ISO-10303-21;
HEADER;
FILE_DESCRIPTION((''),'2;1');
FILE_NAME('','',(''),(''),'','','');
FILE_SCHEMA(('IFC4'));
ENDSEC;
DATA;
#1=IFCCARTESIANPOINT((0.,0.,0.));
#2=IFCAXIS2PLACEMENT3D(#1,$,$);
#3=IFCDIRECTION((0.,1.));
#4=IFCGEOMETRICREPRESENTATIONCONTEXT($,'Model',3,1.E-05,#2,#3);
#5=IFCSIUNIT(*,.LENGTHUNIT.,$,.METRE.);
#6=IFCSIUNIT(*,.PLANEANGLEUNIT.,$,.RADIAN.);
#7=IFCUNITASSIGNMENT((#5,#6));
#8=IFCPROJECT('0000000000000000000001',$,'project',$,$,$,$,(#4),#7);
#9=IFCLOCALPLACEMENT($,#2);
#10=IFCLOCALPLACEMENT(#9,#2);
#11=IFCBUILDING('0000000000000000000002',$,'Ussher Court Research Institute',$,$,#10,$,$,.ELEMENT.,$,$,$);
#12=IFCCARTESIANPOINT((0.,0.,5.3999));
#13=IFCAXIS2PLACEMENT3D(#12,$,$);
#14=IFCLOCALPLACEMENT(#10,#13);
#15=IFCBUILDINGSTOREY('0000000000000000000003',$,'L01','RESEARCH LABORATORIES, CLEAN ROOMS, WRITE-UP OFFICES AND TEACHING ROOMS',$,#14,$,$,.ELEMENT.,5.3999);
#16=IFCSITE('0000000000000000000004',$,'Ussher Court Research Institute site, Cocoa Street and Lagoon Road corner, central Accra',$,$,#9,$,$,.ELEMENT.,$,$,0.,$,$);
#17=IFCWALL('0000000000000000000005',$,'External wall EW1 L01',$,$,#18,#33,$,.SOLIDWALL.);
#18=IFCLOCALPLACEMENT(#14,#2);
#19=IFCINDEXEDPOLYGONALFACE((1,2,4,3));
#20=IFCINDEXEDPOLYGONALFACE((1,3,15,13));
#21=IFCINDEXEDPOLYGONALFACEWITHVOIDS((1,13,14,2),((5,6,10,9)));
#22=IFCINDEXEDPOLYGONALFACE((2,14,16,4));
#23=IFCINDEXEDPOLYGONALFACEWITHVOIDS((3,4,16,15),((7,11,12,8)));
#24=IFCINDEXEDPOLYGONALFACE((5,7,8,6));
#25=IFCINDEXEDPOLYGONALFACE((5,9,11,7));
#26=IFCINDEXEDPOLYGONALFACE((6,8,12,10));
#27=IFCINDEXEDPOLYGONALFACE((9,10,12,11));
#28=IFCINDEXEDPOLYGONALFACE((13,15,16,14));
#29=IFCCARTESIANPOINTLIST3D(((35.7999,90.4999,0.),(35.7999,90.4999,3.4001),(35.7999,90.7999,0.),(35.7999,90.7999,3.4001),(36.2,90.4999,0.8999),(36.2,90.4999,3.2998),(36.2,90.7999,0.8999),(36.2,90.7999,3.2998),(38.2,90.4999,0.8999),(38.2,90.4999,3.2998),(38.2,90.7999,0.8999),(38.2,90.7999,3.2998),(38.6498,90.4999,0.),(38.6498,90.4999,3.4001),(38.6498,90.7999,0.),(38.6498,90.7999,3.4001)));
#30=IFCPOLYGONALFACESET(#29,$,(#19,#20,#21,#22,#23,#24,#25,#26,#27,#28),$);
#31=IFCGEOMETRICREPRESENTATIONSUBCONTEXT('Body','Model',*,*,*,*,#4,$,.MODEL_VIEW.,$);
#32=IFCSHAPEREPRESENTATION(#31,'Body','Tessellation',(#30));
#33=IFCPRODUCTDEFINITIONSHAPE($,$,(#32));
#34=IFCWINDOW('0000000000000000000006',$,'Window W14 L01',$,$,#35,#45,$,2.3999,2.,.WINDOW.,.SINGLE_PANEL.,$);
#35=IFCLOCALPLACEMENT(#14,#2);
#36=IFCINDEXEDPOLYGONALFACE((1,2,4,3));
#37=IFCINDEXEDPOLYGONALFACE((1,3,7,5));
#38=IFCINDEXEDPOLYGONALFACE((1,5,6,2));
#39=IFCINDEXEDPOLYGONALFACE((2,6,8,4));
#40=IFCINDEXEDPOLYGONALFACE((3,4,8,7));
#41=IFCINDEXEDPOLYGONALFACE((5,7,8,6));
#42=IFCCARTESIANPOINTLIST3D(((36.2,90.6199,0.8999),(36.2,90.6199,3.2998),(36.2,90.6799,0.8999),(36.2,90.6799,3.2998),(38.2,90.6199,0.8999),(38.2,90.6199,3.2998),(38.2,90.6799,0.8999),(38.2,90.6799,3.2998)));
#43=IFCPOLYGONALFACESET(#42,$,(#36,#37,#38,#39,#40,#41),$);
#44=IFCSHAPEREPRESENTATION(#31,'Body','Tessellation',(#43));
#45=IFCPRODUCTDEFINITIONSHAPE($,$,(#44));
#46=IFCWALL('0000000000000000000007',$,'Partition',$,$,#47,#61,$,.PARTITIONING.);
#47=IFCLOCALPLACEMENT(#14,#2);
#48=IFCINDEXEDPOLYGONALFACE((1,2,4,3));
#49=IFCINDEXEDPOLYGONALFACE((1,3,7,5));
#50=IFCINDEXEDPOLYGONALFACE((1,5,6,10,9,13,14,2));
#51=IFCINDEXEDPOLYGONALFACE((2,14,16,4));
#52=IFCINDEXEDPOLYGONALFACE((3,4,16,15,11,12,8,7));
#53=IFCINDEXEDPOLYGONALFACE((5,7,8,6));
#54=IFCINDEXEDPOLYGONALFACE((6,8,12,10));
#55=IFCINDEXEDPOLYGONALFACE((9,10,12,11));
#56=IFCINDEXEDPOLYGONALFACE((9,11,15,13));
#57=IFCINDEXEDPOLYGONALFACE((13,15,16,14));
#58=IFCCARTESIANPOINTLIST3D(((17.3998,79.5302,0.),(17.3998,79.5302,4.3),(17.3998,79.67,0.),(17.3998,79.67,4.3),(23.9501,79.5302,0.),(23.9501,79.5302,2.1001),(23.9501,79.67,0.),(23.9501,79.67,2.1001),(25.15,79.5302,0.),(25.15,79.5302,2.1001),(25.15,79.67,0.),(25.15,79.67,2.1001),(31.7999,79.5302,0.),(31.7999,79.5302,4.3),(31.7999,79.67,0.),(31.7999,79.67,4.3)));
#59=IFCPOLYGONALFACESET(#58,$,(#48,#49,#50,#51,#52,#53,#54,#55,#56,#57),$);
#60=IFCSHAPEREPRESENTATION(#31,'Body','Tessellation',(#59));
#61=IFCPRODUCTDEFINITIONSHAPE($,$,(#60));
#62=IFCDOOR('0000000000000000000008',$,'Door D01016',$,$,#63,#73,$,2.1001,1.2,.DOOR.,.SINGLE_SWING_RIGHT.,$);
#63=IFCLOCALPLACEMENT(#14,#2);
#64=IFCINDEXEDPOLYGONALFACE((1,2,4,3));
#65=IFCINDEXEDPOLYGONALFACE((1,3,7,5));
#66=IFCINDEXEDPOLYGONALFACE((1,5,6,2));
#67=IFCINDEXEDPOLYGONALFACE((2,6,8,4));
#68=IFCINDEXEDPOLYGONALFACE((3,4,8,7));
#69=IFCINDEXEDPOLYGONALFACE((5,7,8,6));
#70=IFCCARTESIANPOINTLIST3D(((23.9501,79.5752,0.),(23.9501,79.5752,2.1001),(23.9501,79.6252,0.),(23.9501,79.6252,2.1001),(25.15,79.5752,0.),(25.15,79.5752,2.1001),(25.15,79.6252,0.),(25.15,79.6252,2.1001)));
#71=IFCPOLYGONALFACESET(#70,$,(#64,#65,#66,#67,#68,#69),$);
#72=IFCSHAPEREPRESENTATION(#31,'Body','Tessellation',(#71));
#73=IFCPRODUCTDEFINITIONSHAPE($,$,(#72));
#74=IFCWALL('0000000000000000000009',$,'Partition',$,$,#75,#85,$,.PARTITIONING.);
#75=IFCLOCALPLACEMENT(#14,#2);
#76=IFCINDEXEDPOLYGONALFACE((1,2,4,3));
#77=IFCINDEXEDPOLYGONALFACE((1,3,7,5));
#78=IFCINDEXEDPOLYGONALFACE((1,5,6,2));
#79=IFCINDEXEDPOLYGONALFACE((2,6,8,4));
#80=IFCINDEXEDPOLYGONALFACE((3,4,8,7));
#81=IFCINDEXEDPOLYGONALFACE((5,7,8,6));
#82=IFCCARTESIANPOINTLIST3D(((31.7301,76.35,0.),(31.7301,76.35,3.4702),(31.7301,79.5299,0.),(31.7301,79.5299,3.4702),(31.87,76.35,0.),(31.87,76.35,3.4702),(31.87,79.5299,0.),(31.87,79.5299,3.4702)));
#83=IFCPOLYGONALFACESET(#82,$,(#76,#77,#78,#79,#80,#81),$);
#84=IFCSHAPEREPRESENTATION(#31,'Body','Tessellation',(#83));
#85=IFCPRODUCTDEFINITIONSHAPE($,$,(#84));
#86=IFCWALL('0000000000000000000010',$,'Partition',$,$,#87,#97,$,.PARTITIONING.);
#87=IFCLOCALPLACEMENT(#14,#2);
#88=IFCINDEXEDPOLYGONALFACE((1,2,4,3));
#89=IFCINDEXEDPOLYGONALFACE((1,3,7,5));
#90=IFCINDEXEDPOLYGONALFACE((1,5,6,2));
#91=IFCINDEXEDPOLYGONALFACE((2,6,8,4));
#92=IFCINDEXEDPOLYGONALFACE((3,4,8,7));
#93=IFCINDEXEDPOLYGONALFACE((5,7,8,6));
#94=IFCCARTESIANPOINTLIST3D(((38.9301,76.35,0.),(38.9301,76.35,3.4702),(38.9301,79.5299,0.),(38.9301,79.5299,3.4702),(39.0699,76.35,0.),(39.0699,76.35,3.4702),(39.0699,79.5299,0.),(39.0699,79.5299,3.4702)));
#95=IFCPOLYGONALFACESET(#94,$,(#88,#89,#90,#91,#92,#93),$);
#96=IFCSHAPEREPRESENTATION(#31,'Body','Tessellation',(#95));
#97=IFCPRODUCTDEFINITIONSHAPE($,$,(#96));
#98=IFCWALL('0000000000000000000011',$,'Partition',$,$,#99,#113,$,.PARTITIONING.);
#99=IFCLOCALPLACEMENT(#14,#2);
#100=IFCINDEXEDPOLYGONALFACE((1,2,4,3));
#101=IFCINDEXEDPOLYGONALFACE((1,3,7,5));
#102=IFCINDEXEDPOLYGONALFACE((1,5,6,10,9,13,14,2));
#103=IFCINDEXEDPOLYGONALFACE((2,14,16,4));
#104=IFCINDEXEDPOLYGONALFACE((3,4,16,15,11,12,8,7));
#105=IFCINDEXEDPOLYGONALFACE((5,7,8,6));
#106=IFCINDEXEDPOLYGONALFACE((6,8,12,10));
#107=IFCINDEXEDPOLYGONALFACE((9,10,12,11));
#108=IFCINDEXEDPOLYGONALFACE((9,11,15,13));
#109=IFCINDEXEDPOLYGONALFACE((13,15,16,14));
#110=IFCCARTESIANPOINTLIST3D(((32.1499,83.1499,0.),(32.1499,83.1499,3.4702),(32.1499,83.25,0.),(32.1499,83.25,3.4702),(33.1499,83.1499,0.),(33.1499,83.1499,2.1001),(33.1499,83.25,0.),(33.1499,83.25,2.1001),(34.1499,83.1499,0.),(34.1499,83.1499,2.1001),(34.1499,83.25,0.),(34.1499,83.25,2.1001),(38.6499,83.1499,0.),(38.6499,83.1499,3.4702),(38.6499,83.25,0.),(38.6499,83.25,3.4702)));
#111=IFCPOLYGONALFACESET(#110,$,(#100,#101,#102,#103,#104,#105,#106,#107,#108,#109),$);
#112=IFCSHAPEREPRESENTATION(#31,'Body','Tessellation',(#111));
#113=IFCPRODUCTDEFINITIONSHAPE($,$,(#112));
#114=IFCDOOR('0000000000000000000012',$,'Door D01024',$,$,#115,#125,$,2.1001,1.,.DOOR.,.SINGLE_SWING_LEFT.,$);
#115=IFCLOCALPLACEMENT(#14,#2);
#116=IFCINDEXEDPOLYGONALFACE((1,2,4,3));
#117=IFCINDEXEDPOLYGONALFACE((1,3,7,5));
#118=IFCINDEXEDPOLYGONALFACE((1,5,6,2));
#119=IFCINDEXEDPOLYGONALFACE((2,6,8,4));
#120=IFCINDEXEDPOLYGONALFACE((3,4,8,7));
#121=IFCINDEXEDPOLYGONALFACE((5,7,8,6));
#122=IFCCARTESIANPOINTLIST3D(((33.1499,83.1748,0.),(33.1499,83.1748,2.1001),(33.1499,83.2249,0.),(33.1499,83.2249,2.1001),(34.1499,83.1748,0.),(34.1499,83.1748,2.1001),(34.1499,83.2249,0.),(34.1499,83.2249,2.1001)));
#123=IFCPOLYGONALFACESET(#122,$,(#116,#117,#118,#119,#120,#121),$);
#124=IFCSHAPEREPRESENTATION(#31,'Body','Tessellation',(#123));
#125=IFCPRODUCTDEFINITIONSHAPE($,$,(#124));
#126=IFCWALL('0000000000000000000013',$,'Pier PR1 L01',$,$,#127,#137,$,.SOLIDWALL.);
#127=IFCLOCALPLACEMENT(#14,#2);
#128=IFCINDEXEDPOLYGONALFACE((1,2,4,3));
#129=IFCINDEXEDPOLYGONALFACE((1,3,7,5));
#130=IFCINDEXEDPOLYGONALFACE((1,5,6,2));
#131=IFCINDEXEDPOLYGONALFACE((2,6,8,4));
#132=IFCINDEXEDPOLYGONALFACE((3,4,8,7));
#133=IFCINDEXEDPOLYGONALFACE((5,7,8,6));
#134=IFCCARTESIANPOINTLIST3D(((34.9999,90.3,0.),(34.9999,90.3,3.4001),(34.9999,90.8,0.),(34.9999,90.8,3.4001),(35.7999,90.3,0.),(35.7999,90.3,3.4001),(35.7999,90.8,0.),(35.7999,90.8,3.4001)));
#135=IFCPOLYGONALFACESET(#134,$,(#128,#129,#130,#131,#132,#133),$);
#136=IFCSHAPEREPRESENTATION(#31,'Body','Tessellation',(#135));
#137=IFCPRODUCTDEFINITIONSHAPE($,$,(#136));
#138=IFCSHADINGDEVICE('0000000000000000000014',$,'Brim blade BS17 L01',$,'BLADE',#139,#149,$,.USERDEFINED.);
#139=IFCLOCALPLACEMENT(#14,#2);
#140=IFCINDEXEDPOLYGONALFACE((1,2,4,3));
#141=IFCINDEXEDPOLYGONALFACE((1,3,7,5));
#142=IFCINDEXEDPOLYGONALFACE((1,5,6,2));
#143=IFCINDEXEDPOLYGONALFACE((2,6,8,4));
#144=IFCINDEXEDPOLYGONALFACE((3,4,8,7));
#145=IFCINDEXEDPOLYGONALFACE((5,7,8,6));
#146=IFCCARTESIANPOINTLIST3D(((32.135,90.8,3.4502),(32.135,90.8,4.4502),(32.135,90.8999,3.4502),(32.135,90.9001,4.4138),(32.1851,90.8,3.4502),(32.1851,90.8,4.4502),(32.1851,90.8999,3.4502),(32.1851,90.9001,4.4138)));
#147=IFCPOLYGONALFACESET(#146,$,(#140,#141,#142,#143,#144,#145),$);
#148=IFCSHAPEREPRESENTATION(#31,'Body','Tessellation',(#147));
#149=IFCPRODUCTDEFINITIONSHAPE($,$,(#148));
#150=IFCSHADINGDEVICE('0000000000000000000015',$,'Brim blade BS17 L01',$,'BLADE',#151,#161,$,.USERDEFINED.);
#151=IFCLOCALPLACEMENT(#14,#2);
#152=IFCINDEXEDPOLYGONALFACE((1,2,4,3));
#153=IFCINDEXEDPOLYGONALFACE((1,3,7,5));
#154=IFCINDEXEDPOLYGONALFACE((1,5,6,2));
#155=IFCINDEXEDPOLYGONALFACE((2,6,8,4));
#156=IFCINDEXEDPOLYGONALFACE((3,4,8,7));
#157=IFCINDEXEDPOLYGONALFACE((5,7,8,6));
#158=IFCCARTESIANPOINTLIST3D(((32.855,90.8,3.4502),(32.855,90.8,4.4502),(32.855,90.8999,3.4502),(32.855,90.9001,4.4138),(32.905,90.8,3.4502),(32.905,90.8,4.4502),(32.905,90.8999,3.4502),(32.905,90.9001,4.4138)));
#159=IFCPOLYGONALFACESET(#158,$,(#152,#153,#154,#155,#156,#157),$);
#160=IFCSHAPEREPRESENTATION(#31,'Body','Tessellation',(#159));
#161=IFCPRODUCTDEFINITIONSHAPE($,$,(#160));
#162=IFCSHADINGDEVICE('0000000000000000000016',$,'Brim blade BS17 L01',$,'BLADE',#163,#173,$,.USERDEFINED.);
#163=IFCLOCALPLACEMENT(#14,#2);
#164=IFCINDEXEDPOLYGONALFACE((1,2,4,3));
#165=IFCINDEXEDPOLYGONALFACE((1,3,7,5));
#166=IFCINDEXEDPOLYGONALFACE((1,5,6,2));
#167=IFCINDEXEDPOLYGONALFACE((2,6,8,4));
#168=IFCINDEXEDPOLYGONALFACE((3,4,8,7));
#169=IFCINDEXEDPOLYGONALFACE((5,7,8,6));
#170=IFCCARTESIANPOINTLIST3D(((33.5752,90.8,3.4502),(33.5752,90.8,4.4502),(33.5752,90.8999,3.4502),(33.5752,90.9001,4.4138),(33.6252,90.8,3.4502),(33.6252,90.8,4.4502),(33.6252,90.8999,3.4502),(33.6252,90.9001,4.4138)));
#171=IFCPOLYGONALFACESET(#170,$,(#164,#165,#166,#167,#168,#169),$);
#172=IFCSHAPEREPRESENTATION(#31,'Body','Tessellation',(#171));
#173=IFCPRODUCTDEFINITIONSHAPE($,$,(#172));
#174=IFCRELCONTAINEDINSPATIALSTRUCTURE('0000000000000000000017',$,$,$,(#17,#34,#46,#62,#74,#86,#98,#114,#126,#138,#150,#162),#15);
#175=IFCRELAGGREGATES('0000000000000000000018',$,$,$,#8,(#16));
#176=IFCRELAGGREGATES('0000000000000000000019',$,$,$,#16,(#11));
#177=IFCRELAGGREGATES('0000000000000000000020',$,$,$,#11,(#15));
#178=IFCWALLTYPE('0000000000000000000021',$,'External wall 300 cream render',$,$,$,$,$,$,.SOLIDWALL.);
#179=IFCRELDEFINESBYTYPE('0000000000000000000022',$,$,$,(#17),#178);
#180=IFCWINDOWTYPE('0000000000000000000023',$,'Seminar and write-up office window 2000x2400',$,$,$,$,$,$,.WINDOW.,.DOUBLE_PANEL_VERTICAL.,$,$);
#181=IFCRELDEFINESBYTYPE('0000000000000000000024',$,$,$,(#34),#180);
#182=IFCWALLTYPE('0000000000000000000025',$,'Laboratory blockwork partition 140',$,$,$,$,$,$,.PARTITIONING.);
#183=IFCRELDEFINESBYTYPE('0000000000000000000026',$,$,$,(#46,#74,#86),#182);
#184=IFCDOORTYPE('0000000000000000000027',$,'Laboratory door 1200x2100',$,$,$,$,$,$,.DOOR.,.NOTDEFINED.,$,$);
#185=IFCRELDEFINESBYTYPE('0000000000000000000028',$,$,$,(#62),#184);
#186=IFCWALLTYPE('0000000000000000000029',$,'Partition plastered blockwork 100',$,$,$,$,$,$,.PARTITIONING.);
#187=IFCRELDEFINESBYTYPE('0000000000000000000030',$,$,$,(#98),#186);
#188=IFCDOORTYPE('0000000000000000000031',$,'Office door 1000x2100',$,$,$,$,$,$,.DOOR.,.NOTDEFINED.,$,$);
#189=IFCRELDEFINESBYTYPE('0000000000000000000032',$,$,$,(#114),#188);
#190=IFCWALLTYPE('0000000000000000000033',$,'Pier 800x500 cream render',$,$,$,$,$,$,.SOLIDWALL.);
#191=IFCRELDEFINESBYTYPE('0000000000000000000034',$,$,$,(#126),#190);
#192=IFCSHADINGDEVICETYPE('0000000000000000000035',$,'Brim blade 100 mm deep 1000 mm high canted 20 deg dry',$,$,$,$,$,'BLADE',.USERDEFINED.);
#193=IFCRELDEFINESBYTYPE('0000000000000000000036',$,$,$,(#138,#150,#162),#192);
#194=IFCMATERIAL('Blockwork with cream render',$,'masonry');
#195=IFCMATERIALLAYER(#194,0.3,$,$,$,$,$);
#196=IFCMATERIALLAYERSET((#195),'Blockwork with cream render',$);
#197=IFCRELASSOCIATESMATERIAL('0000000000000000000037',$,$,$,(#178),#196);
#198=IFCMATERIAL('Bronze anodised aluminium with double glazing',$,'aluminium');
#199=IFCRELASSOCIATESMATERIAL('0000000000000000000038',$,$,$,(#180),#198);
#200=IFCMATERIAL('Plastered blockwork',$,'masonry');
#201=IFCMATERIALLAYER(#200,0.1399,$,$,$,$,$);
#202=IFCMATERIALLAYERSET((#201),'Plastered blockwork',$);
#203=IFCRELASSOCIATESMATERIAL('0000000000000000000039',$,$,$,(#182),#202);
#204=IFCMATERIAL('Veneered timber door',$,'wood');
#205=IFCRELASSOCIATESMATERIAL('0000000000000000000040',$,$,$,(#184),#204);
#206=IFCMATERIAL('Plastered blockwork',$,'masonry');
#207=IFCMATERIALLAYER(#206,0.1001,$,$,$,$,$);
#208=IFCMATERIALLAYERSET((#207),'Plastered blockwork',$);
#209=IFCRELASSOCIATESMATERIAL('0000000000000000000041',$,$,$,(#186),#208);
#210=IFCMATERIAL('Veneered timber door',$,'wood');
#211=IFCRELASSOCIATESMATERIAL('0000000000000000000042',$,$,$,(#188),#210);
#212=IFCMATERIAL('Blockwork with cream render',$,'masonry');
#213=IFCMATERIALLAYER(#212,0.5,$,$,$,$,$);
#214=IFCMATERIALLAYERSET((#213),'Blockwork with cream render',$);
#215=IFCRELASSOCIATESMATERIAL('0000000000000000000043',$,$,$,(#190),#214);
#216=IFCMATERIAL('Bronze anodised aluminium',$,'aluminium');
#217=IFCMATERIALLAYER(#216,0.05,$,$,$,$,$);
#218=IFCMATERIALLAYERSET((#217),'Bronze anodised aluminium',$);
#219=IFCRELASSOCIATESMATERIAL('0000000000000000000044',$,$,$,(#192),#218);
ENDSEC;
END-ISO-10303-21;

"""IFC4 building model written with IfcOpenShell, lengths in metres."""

from ifc_helpers import new_model, si_unit, direction, frame, frame_2d, origin, place, context, subcontext, project, spatial, polyline, rectangle, outline, extrude, material, layer, layer_set, type_object, element, fill, save


model = new_model("IFC4")

# Units and contexts
model_context = context("Model", 3, precision=1e-05, world=origin(), true_north=direction((0.0, 1.0)))
body_context = subcontext(model_context, "Body", "Model", "MODEL_VIEW")
ifc_project = project(units=[si_unit("LENGTHUNIT", "METRE"), si_unit("PLANEANGLEUNIT", "RADIAN")], contexts=[model_context])

# Site, building, storey
site_placement = place(None, origin())
site = spatial("IfcSite", under=ifc_project, at=site_placement, Name="Ussher Court Research Institute site, Cocoa Street and Lagoon Road corner, central Accra", CompositionType="ELEMENT", RefElevation=0.0)
building_placement = place(site_placement, origin())
building = spatial("IfcBuilding", under=site, at=building_placement, Name="Ussher Court Research Institute", CompositionType="ELEMENT")
storey_placement = place(building_placement, frame((0.0, 0.0, 5.3999)))
storey = spatial("IfcBuildingStorey", under=building, at=storey_placement, Name="L01", Description="RESEARCH LABORATORIES, CLEAN ROOMS, WRITE-UP OFFICES AND TEACHING ROOMS", CompositionType="ELEMENT", Elevation=5.3999)

# Wall, opening, window
ifc_material_1 = material(Name="Blockwork with cream render", Category="masonry")
ifc_layer_1 = layer(ifc_material_1, 0.3)
ifc_layer_set_1 = layer_set([ifc_layer_1], Name="Blockwork with cream render")
wall_type_1 = type_object("IfcWallType", Name="External wall 300 cream render", PredefinedType="SOLIDWALL", material=ifc_layer_set_1)
ifc_material_2 = material(Name="Bronze anodised aluminium with double glazing", Category="aluminium")
window_type = type_object("IfcWindowType", Name="Seminar and write-up office window 2000x2400", PartitioningType="DOUBLE_PANEL_VERTICAL", PredefinedType="WINDOW", material=ifc_material_2)
wall_1_placement = place(storey_placement, frame((35.8, 90.6499, 0.0), z_axis=(0.0, 0.0, 1.0), x_axis=(1.0, 0.0, 0.0)))
wall_1 = element("IfcWall", 1, at=wall_1_placement, inside=storey, type_object=wall_type_1, Name="External wall EW1 L01", PredefinedType="SOLIDWALL", context=body_context, shape_type="SweptSolid", body=[
    extrude(rectangle(XDim=2.8499, YDim=0.3, at=frame_2d((1.4248, 0.0))), origin(), (0.0, 0.0, 1.0), 3.4001),
])
opening_1_placement = place(wall_1_placement, frame((0.3999, 0.0, 0.8999)))
opening_1 = element("IfcOpeningElement", 2, at=opening_1_placement, cuts=wall_1, PredefinedType="OPENING", context=body_context, shape_type="SweptSolid", body=[
    extrude(rectangle(XDim=2.0, YDim=2.3999, at=frame_2d((1.0, 1.2))), frame((0.0, 0.1602, 0.0), z_axis=(0.0, -1.0, 0.0), x_axis=(1.0, 0.0, 0.0)), (0.0, 0.0, 1.0), 0.3201),
])
window_1_placement = place(opening_1_placement, origin())
window_1 = element("IfcWindow", 3, at=window_1_placement, inside=storey, type_object=window_type, Name="Window W14 L01", OverallHeight=2.3999, OverallWidth=2.0, PartitioningType="SINGLE_PANEL", PredefinedType="WINDOW", context=body_context, shape_type="SweptSolid", body=[
    extrude(rectangle(XDim=2.0, YDim=2.3999, at=frame_2d((1.0, 1.2))), frame((0.0, 0.03, 0.0), z_axis=(0.0, -1.0, 0.0), x_axis=(1.0, 0.0, 0.0)), (0.0, 0.0, 1.0), 0.0601),
])
fill(opening_1, window_1)

# Wall, opening, door
ifc_material_3 = material(Name="Plastered blockwork", Category="masonry")
ifc_layer_2 = layer(ifc_material_3, 0.1399)
ifc_layer_set_2 = layer_set([ifc_layer_2], Name="Plastered blockwork")
wall_type_2 = type_object("IfcWallType", Name="Laboratory blockwork partition 140", PredefinedType="PARTITIONING", material=ifc_layer_set_2)
wall_2_placement = place(storey_placement, frame((31.8, 79.6001, 0.0), z_axis=(0.0, 0.0, 1.0), x_axis=(-1.0, 0.0, 0.0)))
wall_2 = element("IfcWall", 4, at=wall_2_placement, inside=storey, type_object=wall_type_2, Name="Partition", PredefinedType="PARTITIONING", context=body_context, shape_type="SweptSolid", body=[
    extrude(rectangle(XDim=14.4001, YDim=0.1399, at=frame_2d((7.2002, 0.0))), origin(), (0.0, 0.0, 1.0), 4.3),
])
opening_2_placement = place(wall_2_placement, frame((6.6499, 0.0, 0.0)))
opening_2 = element("IfcOpeningElement", 5, at=opening_2_placement, cuts=wall_2, PredefinedType="OPENING", context=body_context, shape_type="SweptSolid", body=[
    extrude(rectangle(XDim=1.2, YDim=2.1001, at=frame_2d((0.6001, 1.05))), frame((0.0, 0.0801, 0.0), z_axis=(0.0, -1.0, 0.0), x_axis=(1.0, 0.0, 0.0)), (0.0, 0.0, 1.0), 0.1599),
])
ifc_material_4 = material(Name="Veneered timber door", Category="wood")
door_type_1 = type_object("IfcDoorType", Name="Laboratory door 1200x2100", OperationType="NOTDEFINED", PredefinedType="DOOR", material=ifc_material_4)
door_1_placement = place(opening_2_placement, origin())
door_1 = element("IfcDoor", 6, at=door_1_placement, inside=storey, type_object=door_type_1, Name="Door D01016", OperationType="SINGLE_SWING_RIGHT", OverallHeight=2.1001, OverallWidth=1.2, PredefinedType="DOOR", context=body_context, shape_type="SweptSolid", body=[
    extrude(rectangle(XDim=1.2, YDim=2.1001, at=frame_2d((0.6001, 1.05))), frame((0.0, 0.0249, 0.0), z_axis=(0.0, -1.0, 0.0), x_axis=(1.0, 0.0, 0.0)), (0.0, 0.0, 1.0), 0.05),
])
fill(opening_2, door_1)

# Walls
for number, where, z_axis, x_axis, name in (
    (7, (31.8, 76.3501, 0.0), (0.0, 0.0, 1.0), (0.0, 1.0, 0.0), "Partition"),
    (8, (39.0, 76.3501, 0.0), (0.0, 0.0, 1.0), (0.0, 1.0, 0.0), "Partition"),
):
    element("IfcWall", number, at=place(storey_placement, frame(where, z_axis=z_axis, x_axis=x_axis)), inside=storey, type_object=wall_type_2, Name=name, PredefinedType="PARTITIONING", context=body_context, shape_type="SweptSolid", body=[
        extrude(rectangle(XDim=3.1799, YDim=0.1399, at=frame_2d((1.5898, 0.0))), origin(), (0.0, 0.0, 1.0), 3.4702),
    ])

# Wall, opening, door
ifc_material_5 = material(Name="Plastered blockwork", Category="masonry")
ifc_layer_3 = layer(ifc_material_5, 0.1001)
ifc_layer_set_3 = layer_set([ifc_layer_3], Name="Plastered blockwork")
wall_type_3 = type_object("IfcWallType", Name="Partition plastered blockwork 100", PredefinedType="PARTITIONING", material=ifc_layer_set_3)
wall_3_placement = place(storey_placement, frame((32.1499, 83.2, 0.0), z_axis=(0.0, 0.0, 1.0), x_axis=(1.0, 0.0, 0.0)))
wall_3 = element("IfcWall", 9, at=wall_3_placement, inside=storey, type_object=wall_type_3, Name="Partition", PredefinedType="PARTITIONING", context=body_context, shape_type="SweptSolid", body=[
    extrude(rectangle(XDim=6.5, YDim=0.1001, at=frame_2d((3.25, 0.0))), origin(), (0.0, 0.0, 1.0), 3.4702),
])
opening_3_placement = place(wall_3_placement, frame((1.0, 0.0, 0.0)))
opening_3 = element("IfcOpeningElement", 10, at=opening_3_placement, cuts=wall_3, PredefinedType="OPENING", context=body_context, shape_type="SweptSolid", body=[
    extrude(rectangle(XDim=1.0, YDim=2.1001, at=frame_2d((0.5, 1.05))), frame((0.0, 0.0601, 0.0), z_axis=(0.0, -1.0, 0.0), x_axis=(1.0, 0.0, 0.0)), (0.0, 0.0, 1.0), 0.1201),
])
ifc_material_6 = material(Name="Veneered timber door", Category="wood")
door_type_2 = type_object("IfcDoorType", Name="Office door 1000x2100", OperationType="NOTDEFINED", PredefinedType="DOOR", material=ifc_material_6)
door_2_placement = place(opening_3_placement, origin())
door_2 = element("IfcDoor", 11, at=door_2_placement, inside=storey, type_object=door_type_2, Name="Door D01024", OperationType="SINGLE_SWING_LEFT", OverallHeight=2.1001, OverallWidth=1.0, PredefinedType="DOOR", context=body_context, shape_type="SweptSolid", body=[
    extrude(rectangle(XDim=1.0, YDim=2.1001, at=frame_2d((0.5, 1.05))), frame((0.0, 0.0249, 0.0), z_axis=(0.0, -1.0, 0.0), x_axis=(1.0, 0.0, 0.0)), (0.0, 0.0, 1.0), 0.05),
])
fill(opening_3, door_2)

# Wall
ifc_material_7 = material(Name="Blockwork with cream render", Category="masonry")
ifc_layer_4 = layer(ifc_material_7, 0.5)
ifc_layer_set_4 = layer_set([ifc_layer_4], Name="Blockwork with cream render")
wall_type_4 = type_object("IfcWallType", Name="Pier 800x500 cream render", PredefinedType="SOLIDWALL", material=ifc_layer_set_4)
wall_4_placement = place(storey_placement, frame((35.0, 90.55, 0.0), z_axis=(0.0, 0.0, 1.0), x_axis=(1.0, 0.0, 0.0)))
element("IfcWall", 12, at=wall_4_placement, inside=storey, type_object=wall_type_4, Name="Pier PR1 L01", PredefinedType="SOLIDWALL", context=body_context, shape_type="SweptSolid", body=[
    extrude(rectangle(XDim=0.8, YDim=0.5, at=frame_2d((0.3999, 0.0))), origin(), (0.0, 0.0, 1.0), 3.4001),
])

# Shading devices
ifc_material_8 = material(Name="Bronze anodised aluminium", Category="aluminium")
ifc_layer_5 = layer(ifc_material_8, 0.05)
ifc_layer_set_5 = layer_set([ifc_layer_5], Name="Bronze anodised aluminium")
shading_device_type_1 = type_object("IfcShadingDeviceType", Name="Brim blade 100 mm deep 1000 mm high canted 20 deg dry", ElementType="BLADE", PredefinedType="USERDEFINED", material=ifc_layer_set_5)
for number, where, z_axis, x_axis, name in (
    (13, (32.1599, 90.8, 3.4502), (0.0, 0.0, 1.0), (0.0, 1.0, 0.0), "Brim blade BS17 L01"),
    (14, (32.8799, 90.8, 3.4502), (0.0, 0.0, 1.0), (0.0, 1.0, 0.0), "Brim blade BS17 L01"),
    (15, (33.6001, 90.8, 3.4502), (0.0, 0.0, 1.0), (0.0, 1.0, 0.0), "Brim blade BS17 L01"),
):
    element("IfcShadingDevice", number, at=place(storey_placement, frame(where, z_axis=z_axis, x_axis=x_axis)), inside=storey, type_object=shading_device_type_1, Name=name, ObjectType="BLADE", PredefinedType="USERDEFINED", context=body_context, shape_type="SweptSolid", body=[
        extrude(outline(polyline([(0.0, 0.0), (0.0999, 0.0), (0.1001, 0.9636), (0.0, 1.0), (0.0, 0.0)])), frame((0.0, 0.0249, 0.0), z_axis=(0.0, -1.0, 0.0), x_axis=(1.0, 0.0, 0.0)), (0.0, 0.0, 1.0), 0.05),
    ])

save(model, "model.ifc")
